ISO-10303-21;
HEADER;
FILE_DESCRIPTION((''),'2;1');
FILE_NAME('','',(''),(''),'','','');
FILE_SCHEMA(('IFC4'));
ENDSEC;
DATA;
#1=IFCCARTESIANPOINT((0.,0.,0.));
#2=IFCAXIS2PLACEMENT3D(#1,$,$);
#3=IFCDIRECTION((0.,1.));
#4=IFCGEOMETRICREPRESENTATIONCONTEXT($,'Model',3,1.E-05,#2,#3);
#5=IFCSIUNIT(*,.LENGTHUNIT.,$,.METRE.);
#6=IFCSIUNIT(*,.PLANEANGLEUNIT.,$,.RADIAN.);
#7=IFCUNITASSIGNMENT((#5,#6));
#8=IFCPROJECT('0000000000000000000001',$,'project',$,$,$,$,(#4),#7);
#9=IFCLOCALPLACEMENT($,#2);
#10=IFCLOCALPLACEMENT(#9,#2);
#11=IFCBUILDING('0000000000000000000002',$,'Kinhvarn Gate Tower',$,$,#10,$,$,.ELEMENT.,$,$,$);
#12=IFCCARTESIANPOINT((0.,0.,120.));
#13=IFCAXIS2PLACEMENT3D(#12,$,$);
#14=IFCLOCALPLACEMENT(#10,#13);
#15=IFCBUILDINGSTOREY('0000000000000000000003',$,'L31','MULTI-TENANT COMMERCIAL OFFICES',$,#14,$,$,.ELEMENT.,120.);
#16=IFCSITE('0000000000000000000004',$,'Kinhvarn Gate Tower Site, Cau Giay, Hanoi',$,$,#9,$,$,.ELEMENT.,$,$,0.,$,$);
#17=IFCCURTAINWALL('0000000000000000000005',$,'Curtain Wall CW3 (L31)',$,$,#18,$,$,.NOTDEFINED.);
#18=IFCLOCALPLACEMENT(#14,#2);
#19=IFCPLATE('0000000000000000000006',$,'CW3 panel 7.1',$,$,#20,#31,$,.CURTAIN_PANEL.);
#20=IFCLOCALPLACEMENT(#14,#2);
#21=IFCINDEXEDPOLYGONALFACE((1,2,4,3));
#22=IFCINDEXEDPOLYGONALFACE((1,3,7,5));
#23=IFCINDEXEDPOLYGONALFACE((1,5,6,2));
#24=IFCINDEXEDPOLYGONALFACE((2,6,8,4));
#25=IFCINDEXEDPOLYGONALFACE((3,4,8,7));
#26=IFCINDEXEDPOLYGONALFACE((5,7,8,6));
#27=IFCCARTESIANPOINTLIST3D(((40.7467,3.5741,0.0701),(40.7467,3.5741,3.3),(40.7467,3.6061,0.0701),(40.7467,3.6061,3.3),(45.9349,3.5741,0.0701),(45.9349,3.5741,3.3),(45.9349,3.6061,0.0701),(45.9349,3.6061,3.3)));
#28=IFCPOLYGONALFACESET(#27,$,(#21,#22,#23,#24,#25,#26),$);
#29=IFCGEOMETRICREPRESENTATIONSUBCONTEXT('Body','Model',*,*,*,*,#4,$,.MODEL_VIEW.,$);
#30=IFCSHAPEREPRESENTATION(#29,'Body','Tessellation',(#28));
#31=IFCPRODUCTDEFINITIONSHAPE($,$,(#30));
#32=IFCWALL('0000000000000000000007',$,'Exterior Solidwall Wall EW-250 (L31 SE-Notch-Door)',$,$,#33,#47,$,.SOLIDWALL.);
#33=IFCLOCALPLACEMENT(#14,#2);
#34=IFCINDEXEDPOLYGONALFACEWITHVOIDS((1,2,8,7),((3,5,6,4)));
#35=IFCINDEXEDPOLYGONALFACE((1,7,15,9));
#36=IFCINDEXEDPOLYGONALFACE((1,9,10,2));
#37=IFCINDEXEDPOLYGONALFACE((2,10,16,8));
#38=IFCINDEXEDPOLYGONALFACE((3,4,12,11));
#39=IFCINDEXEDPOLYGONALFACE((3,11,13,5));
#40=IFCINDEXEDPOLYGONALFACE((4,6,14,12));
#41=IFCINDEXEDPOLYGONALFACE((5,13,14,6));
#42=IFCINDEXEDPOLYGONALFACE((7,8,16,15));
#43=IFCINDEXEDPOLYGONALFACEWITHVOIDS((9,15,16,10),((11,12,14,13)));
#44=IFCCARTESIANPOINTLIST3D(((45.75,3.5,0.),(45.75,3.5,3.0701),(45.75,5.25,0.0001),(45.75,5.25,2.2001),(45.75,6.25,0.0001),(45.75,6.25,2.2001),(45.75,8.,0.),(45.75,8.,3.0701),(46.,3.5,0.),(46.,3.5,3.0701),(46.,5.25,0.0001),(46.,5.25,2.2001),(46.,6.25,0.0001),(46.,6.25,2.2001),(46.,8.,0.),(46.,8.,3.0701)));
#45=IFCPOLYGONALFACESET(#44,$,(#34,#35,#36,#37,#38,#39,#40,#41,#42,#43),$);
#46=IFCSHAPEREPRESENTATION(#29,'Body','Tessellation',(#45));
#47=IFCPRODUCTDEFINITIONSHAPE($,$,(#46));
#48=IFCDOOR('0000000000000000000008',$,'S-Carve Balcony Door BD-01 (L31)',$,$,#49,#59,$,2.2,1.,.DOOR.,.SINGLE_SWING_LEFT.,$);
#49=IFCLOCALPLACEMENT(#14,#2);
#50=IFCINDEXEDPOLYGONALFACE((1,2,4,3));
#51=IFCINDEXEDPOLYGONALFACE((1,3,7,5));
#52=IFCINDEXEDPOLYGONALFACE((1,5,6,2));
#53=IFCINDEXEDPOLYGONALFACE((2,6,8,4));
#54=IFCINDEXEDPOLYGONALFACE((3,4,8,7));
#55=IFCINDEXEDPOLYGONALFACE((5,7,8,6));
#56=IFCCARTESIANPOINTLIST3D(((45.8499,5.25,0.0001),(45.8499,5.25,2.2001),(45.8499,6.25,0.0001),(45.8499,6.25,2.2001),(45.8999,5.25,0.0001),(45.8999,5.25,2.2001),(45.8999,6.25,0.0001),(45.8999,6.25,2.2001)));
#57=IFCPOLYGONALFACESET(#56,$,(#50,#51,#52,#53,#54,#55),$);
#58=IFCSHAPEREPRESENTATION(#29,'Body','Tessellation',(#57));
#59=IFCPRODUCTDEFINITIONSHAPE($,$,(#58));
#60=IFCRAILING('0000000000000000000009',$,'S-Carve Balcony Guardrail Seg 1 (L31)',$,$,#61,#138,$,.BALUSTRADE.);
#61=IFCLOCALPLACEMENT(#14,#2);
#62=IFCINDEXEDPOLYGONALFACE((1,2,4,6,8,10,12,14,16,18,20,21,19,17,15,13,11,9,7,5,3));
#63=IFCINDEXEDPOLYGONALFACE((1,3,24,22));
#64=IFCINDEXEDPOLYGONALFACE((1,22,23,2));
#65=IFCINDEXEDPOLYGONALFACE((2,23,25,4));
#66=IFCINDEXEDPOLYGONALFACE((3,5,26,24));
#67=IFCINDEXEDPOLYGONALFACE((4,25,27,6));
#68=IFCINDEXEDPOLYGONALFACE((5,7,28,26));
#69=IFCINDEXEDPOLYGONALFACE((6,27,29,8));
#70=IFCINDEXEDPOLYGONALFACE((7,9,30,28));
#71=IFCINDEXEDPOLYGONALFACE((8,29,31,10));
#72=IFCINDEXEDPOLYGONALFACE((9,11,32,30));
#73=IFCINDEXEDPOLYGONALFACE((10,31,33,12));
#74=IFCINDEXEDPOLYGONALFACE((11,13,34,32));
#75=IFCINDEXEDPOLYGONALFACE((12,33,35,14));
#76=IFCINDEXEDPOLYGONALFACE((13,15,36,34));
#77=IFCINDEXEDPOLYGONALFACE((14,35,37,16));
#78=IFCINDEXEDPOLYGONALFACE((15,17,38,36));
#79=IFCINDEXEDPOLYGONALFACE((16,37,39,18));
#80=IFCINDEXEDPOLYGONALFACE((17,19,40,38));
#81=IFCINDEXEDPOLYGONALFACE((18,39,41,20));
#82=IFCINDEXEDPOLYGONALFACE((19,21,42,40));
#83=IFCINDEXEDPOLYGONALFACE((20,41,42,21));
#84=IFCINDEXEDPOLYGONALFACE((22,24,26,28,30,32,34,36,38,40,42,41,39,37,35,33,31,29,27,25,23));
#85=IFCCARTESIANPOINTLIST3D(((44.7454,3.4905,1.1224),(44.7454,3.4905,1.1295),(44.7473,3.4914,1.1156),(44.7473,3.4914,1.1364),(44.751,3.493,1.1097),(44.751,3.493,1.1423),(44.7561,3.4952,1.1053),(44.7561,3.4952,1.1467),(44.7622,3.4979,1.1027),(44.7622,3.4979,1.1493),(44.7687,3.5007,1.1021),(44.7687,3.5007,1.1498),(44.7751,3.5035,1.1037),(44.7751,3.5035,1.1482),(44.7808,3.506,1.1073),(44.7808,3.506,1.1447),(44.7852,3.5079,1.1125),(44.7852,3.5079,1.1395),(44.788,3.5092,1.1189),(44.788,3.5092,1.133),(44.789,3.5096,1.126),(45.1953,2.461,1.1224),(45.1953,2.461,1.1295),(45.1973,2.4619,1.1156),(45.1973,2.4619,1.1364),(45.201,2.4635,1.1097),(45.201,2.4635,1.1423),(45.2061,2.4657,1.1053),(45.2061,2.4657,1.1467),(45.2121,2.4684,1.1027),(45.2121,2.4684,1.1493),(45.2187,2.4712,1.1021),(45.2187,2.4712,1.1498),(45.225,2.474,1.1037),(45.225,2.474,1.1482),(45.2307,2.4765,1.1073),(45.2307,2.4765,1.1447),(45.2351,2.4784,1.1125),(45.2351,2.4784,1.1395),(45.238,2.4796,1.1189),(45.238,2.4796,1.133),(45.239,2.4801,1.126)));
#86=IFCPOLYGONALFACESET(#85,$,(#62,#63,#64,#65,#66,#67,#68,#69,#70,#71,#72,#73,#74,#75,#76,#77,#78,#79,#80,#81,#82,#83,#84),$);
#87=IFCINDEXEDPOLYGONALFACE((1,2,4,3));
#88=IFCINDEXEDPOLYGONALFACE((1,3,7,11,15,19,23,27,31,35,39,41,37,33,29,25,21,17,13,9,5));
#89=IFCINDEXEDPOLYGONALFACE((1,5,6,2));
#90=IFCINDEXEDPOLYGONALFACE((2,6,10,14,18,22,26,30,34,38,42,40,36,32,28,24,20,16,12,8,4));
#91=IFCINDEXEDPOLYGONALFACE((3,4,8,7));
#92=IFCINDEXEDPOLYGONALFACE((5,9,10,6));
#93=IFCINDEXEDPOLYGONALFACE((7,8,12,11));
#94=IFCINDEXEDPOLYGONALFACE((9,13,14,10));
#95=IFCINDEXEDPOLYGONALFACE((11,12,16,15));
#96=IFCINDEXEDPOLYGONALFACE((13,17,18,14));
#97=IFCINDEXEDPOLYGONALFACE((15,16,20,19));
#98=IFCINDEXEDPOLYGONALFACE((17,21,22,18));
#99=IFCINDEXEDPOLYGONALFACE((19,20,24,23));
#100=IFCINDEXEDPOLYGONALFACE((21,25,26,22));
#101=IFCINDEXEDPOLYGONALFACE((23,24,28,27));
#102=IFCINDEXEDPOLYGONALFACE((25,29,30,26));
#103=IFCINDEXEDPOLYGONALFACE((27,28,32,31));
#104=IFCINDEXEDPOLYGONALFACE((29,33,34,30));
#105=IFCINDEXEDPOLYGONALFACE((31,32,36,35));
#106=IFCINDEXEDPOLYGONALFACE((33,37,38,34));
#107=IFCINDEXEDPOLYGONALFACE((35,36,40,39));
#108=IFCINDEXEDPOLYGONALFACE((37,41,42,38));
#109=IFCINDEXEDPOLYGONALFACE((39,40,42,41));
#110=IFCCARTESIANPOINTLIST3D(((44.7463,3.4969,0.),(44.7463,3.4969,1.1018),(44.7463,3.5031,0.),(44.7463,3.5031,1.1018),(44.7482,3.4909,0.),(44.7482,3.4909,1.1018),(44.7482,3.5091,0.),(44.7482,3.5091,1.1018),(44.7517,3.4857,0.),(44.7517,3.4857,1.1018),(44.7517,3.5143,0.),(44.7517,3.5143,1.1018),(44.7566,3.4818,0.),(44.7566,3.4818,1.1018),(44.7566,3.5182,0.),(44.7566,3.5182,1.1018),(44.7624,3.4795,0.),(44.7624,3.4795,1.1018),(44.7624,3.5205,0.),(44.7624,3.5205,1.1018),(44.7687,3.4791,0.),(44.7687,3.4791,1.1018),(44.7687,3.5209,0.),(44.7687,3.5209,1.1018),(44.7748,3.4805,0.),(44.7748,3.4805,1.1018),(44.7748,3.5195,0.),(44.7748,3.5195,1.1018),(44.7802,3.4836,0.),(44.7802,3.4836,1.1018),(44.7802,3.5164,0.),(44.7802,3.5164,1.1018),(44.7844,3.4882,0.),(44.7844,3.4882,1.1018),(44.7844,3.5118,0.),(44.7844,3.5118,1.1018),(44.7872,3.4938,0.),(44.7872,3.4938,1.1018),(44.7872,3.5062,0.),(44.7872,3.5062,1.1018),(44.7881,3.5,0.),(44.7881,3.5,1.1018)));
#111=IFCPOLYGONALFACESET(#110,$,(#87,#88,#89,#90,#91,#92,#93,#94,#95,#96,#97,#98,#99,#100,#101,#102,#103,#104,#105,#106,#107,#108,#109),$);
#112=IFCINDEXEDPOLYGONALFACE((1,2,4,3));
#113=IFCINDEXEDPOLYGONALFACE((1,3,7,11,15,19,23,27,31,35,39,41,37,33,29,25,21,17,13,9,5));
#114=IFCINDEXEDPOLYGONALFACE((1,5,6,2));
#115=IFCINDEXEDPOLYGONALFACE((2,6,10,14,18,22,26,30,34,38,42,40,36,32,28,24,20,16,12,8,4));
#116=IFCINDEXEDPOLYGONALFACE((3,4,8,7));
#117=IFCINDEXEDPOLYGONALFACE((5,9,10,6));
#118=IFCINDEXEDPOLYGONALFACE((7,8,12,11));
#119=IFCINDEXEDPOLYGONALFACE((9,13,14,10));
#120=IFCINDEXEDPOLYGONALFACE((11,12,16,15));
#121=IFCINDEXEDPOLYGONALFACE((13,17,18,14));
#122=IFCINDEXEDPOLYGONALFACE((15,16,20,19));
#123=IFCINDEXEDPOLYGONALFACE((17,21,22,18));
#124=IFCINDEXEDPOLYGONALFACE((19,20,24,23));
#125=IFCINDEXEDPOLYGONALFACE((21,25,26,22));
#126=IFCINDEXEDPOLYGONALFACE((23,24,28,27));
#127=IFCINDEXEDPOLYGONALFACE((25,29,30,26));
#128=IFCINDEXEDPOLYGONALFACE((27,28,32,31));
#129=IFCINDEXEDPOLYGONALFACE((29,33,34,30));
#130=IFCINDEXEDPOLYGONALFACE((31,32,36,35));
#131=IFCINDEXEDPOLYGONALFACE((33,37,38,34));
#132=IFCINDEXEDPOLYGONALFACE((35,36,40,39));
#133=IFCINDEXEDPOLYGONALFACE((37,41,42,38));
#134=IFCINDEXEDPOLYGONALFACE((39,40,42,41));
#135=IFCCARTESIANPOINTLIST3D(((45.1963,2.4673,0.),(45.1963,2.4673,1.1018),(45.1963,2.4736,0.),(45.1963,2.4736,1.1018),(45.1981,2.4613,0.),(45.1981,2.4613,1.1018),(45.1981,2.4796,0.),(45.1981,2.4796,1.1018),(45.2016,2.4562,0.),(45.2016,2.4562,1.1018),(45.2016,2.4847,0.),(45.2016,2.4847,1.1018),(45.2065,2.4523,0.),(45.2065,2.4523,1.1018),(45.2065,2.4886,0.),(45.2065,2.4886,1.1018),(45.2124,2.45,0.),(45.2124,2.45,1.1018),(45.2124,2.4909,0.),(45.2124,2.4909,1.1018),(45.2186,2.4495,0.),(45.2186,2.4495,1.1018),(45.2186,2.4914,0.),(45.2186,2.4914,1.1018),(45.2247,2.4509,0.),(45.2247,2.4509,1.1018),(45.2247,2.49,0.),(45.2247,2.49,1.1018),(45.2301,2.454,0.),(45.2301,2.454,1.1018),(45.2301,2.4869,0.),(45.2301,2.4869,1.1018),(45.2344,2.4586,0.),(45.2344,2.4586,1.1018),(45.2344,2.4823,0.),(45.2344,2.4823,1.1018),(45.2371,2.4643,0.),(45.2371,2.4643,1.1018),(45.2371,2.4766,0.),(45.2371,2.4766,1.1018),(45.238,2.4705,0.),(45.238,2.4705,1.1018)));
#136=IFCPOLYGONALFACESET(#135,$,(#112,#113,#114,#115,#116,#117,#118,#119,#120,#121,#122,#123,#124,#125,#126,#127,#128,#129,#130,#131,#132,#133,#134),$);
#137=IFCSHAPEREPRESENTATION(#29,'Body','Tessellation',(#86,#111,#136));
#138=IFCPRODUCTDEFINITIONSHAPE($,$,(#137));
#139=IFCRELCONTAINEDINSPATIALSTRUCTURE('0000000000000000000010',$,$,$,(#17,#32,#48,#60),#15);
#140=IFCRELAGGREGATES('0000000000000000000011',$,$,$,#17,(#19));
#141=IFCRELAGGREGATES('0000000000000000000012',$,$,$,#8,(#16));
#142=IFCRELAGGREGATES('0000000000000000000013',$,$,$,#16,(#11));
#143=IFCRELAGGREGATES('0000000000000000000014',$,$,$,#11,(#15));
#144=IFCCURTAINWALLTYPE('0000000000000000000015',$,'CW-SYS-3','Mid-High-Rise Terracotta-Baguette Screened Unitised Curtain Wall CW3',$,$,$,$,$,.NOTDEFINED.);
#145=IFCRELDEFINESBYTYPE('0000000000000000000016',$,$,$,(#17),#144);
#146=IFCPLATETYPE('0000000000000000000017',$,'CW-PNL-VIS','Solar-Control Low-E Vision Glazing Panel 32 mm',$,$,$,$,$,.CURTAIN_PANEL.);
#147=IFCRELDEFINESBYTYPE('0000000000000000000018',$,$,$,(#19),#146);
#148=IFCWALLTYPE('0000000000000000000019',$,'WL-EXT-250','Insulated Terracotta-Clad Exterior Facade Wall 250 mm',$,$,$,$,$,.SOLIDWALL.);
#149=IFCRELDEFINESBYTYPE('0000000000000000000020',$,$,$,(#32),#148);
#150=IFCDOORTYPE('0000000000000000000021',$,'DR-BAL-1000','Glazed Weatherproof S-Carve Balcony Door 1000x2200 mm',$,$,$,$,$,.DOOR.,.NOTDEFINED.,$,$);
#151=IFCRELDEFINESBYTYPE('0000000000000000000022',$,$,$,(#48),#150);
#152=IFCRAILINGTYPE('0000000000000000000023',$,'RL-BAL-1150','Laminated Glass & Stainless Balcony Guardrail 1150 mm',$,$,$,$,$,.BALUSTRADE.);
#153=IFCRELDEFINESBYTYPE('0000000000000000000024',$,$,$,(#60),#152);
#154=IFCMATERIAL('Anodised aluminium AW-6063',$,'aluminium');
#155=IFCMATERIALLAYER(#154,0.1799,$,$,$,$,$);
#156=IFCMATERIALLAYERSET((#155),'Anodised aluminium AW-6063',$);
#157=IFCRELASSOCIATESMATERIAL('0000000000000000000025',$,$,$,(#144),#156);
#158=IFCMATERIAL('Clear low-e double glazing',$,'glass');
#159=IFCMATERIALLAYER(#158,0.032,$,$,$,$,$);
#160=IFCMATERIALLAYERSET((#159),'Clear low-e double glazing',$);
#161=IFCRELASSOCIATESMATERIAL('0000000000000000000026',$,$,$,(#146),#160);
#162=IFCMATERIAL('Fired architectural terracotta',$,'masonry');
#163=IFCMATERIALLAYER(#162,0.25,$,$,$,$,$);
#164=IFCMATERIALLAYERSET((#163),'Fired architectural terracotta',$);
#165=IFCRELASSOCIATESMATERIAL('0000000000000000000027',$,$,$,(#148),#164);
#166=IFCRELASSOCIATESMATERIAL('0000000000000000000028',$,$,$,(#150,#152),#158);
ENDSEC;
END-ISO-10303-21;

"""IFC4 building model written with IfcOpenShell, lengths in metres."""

from ifc_helpers import new_model, si_unit, direction, frame, frame_2d, origin, origin_2d, place, context, subcontext, project, spatial, rectangle, circle, extrude, material, layer, layer_set, type_object, element, fill, aggregate, save


model = new_model("IFC4")

# Units and contexts
model_context = context("Model", 3, precision=1e-05, world=origin(), true_north=direction((0.0, 1.0)))
body_context = subcontext(model_context, "Body", "Model", "MODEL_VIEW")
ifc_project = project(units=[si_unit("LENGTHUNIT", "METRE"), si_unit("PLANEANGLEUNIT", "RADIAN")], contexts=[model_context])

# Site, building, storey
site_placement = place(None, origin())
site = spatial("IfcSite", under=ifc_project, at=site_placement, Name="Kinhvarn Gate Tower Site, Cau Giay, Hanoi", CompositionType="ELEMENT", RefElevation=0.0)
building_placement = place(site_placement, origin())
building = spatial("IfcBuilding", under=site, at=building_placement, Name="Kinhvarn Gate Tower", CompositionType="ELEMENT")
storey_placement = place(building_placement, frame((0.0, 0.0, 120.0)))
storey = spatial("IfcBuildingStorey", under=building, at=storey_placement, Name="L31", Description="MULTI-TENANT COMMERCIAL OFFICES", CompositionType="ELEMENT", Elevation=120.0)

# Curtain wall
ifc_material_1 = material(Name="Anodised aluminium AW-6063", Category="aluminium")
ifc_layer_1 = layer(ifc_material_1, 0.1799)
ifc_layer_set_1 = layer_set([ifc_layer_1], Name="Anodised aluminium AW-6063")
curtain_wall_type = type_object("IfcCurtainWallType", Name="CW-SYS-3", Description="Mid-High-Rise Terracotta-Baguette Screened Unitised Curtain Wall CW3", PredefinedType="NOTDEFINED", material=ifc_layer_set_1)
curtain_wall_1_placement = place(storey_placement, origin())
curtain_wall_1 = element("IfcCurtainWall", 1, at=curtain_wall_1_placement, inside=storey, type_object=curtain_wall_type, Name="Curtain Wall CW3 (L31)", PredefinedType="NOTDEFINED")

# Plate
ifc_material_2 = material(Name="Clear low-e double glazing", Category="glass")
ifc_layer_2 = layer(ifc_material_2, 0.032)
ifc_layer_set_2 = layer_set([ifc_layer_2], Name="Clear low-e double glazing")
plate_type = type_object("IfcPlateType", Name="CW-PNL-VIS", Description="Solar-Control Low-E Vision Glazing Panel 32 mm", PredefinedType="CURTAIN_PANEL", material=ifc_layer_set_2)
plate_placement = place(storey_placement, frame((43.3408, 3.5901, 0.0701), z_axis=(0.0, 0.0, 1.0), x_axis=(1.0, 0.0, 0.0)))
plate = element("IfcPlate", 2, at=plate_placement, type_object=plate_type, Name="CW3 panel 7.1", PredefinedType="CURTAIN_PANEL", context=body_context, shape_type="SweptSolid", body=[
    extrude(rectangle(XDim=5.1882, YDim=0.032, at=origin_2d()), origin(), (0.0, 0.0, 1.0), 3.23),
])
aggregate(curtain_wall_1, [plate])

# Wall, opening, door
ifc_material_3 = material(Name="Fired architectural terracotta", Category="masonry")
ifc_layer_3 = layer(ifc_material_3, 0.25)
ifc_layer_set_3 = layer_set([ifc_layer_3], Name="Fired architectural terracotta")
wall_type = type_object("IfcWallType", Name="WL-EXT-250", Description="Insulated Terracotta-Clad Exterior Facade Wall 250 mm", PredefinedType="SOLIDWALL", material=ifc_layer_set_3)
wall_placement = place(storey_placement, frame((45.875, 3.5, 0.0), z_axis=(0.0, 0.0, 1.0), x_axis=(0.0, 1.0, 0.0)))
wall = element("IfcWall", 3, at=wall_placement, inside=storey, type_object=wall_type, Name="Exterior Solidwall Wall EW-250 (L31 SE-Notch-Door)", PredefinedType="SOLIDWALL", context=body_context, shape_type="SweptSolid", body=[
    extrude(rectangle(XDim=4.5, YDim=0.25, at=frame_2d((2.25, 0.0))), origin(), (0.0, 0.0, 1.0), 3.0701),
])
opening_placement = place(wall_placement, frame((1.75, 0.0, 0.0)))
opening = element("IfcOpeningElement", 4, at=opening_placement, cuts=wall, PredefinedType="OPENING", context=body_context, shape_type="SweptSolid", body=[
    extrude(rectangle(XDim=1.0, YDim=2.2, at=frame_2d((0.5, 1.1001))), frame((0.0, 0.135, 0.0), z_axis=(0.0, -1.0, 0.0), x_axis=(1.0, 0.0, 0.0)), (0.0, 0.0, 1.0), 0.27),
])
door_type = type_object("IfcDoorType", Name="DR-BAL-1000", Description="Glazed Weatherproof S-Carve Balcony Door 1000x2200 mm", OperationType="NOTDEFINED", PredefinedType="DOOR", material=ifc_material_2)
door_placement = place(opening_placement, frame((1.0, 0.0, 0.0), z_axis=(0.0, 0.0, 1.0), x_axis=(-1.0, 0.0, 0.0)))
door = element("IfcDoor", 5, at=door_placement, inside=storey, type_object=door_type, Name="S-Carve Balcony Door BD-01 (L31)", OperationType="SINGLE_SWING_LEFT", OverallHeight=2.2, OverallWidth=1.0, PredefinedType="DOOR", context=body_context, shape_type="SweptSolid", body=[
    extrude(rectangle(XDim=1.0, YDim=2.2, at=frame_2d((0.5, 1.1001))), frame((0.0, 0.0249, 0.0), z_axis=(0.0, -1.0, 0.0), x_axis=(1.0, 0.0, 0.0)), (0.0, 0.0, 1.0), 0.05),
])
fill(opening, door)

# Railing
railing_type = type_object("IfcRailingType", Name="RL-BAL-1150", Description="Laminated Glass & Stainless Balcony Guardrail 1150 mm", PredefinedType="BALUSTRADE", material=ifc_material_2)
railing_1_placement = place(storey_placement, frame((44.7671, 3.5, 0.0)))
element("IfcRailing", 6, at=railing_1_placement, inside=storey, type_object=railing_type, Name="S-Carve Balcony Guardrail Seg 1 (L31)", PredefinedType="BALUSTRADE", context=body_context, shape_type="SweptSolid", body=[
    extrude(circle(Radius=0.0239, at=origin_2d()), frame((0.0, 0.0, 1.126), z_axis=(0.400465, -0.916312, 0.0), x_axis=(0.916312, 0.400465, 0.0)), (0.0, 0.0, 1.0), 1.1235),
    extrude(circle(Radius=0.021, at=origin_2d()), origin(), (0.0, 0.0, 1.0), 1.1018),
    extrude(circle(Radius=0.021, at=origin_2d()), frame((0.45, -1.0295, 0.0)), (0.0, 0.0, 1.0), 1.1018),
])

save(model, "model.ifc")
